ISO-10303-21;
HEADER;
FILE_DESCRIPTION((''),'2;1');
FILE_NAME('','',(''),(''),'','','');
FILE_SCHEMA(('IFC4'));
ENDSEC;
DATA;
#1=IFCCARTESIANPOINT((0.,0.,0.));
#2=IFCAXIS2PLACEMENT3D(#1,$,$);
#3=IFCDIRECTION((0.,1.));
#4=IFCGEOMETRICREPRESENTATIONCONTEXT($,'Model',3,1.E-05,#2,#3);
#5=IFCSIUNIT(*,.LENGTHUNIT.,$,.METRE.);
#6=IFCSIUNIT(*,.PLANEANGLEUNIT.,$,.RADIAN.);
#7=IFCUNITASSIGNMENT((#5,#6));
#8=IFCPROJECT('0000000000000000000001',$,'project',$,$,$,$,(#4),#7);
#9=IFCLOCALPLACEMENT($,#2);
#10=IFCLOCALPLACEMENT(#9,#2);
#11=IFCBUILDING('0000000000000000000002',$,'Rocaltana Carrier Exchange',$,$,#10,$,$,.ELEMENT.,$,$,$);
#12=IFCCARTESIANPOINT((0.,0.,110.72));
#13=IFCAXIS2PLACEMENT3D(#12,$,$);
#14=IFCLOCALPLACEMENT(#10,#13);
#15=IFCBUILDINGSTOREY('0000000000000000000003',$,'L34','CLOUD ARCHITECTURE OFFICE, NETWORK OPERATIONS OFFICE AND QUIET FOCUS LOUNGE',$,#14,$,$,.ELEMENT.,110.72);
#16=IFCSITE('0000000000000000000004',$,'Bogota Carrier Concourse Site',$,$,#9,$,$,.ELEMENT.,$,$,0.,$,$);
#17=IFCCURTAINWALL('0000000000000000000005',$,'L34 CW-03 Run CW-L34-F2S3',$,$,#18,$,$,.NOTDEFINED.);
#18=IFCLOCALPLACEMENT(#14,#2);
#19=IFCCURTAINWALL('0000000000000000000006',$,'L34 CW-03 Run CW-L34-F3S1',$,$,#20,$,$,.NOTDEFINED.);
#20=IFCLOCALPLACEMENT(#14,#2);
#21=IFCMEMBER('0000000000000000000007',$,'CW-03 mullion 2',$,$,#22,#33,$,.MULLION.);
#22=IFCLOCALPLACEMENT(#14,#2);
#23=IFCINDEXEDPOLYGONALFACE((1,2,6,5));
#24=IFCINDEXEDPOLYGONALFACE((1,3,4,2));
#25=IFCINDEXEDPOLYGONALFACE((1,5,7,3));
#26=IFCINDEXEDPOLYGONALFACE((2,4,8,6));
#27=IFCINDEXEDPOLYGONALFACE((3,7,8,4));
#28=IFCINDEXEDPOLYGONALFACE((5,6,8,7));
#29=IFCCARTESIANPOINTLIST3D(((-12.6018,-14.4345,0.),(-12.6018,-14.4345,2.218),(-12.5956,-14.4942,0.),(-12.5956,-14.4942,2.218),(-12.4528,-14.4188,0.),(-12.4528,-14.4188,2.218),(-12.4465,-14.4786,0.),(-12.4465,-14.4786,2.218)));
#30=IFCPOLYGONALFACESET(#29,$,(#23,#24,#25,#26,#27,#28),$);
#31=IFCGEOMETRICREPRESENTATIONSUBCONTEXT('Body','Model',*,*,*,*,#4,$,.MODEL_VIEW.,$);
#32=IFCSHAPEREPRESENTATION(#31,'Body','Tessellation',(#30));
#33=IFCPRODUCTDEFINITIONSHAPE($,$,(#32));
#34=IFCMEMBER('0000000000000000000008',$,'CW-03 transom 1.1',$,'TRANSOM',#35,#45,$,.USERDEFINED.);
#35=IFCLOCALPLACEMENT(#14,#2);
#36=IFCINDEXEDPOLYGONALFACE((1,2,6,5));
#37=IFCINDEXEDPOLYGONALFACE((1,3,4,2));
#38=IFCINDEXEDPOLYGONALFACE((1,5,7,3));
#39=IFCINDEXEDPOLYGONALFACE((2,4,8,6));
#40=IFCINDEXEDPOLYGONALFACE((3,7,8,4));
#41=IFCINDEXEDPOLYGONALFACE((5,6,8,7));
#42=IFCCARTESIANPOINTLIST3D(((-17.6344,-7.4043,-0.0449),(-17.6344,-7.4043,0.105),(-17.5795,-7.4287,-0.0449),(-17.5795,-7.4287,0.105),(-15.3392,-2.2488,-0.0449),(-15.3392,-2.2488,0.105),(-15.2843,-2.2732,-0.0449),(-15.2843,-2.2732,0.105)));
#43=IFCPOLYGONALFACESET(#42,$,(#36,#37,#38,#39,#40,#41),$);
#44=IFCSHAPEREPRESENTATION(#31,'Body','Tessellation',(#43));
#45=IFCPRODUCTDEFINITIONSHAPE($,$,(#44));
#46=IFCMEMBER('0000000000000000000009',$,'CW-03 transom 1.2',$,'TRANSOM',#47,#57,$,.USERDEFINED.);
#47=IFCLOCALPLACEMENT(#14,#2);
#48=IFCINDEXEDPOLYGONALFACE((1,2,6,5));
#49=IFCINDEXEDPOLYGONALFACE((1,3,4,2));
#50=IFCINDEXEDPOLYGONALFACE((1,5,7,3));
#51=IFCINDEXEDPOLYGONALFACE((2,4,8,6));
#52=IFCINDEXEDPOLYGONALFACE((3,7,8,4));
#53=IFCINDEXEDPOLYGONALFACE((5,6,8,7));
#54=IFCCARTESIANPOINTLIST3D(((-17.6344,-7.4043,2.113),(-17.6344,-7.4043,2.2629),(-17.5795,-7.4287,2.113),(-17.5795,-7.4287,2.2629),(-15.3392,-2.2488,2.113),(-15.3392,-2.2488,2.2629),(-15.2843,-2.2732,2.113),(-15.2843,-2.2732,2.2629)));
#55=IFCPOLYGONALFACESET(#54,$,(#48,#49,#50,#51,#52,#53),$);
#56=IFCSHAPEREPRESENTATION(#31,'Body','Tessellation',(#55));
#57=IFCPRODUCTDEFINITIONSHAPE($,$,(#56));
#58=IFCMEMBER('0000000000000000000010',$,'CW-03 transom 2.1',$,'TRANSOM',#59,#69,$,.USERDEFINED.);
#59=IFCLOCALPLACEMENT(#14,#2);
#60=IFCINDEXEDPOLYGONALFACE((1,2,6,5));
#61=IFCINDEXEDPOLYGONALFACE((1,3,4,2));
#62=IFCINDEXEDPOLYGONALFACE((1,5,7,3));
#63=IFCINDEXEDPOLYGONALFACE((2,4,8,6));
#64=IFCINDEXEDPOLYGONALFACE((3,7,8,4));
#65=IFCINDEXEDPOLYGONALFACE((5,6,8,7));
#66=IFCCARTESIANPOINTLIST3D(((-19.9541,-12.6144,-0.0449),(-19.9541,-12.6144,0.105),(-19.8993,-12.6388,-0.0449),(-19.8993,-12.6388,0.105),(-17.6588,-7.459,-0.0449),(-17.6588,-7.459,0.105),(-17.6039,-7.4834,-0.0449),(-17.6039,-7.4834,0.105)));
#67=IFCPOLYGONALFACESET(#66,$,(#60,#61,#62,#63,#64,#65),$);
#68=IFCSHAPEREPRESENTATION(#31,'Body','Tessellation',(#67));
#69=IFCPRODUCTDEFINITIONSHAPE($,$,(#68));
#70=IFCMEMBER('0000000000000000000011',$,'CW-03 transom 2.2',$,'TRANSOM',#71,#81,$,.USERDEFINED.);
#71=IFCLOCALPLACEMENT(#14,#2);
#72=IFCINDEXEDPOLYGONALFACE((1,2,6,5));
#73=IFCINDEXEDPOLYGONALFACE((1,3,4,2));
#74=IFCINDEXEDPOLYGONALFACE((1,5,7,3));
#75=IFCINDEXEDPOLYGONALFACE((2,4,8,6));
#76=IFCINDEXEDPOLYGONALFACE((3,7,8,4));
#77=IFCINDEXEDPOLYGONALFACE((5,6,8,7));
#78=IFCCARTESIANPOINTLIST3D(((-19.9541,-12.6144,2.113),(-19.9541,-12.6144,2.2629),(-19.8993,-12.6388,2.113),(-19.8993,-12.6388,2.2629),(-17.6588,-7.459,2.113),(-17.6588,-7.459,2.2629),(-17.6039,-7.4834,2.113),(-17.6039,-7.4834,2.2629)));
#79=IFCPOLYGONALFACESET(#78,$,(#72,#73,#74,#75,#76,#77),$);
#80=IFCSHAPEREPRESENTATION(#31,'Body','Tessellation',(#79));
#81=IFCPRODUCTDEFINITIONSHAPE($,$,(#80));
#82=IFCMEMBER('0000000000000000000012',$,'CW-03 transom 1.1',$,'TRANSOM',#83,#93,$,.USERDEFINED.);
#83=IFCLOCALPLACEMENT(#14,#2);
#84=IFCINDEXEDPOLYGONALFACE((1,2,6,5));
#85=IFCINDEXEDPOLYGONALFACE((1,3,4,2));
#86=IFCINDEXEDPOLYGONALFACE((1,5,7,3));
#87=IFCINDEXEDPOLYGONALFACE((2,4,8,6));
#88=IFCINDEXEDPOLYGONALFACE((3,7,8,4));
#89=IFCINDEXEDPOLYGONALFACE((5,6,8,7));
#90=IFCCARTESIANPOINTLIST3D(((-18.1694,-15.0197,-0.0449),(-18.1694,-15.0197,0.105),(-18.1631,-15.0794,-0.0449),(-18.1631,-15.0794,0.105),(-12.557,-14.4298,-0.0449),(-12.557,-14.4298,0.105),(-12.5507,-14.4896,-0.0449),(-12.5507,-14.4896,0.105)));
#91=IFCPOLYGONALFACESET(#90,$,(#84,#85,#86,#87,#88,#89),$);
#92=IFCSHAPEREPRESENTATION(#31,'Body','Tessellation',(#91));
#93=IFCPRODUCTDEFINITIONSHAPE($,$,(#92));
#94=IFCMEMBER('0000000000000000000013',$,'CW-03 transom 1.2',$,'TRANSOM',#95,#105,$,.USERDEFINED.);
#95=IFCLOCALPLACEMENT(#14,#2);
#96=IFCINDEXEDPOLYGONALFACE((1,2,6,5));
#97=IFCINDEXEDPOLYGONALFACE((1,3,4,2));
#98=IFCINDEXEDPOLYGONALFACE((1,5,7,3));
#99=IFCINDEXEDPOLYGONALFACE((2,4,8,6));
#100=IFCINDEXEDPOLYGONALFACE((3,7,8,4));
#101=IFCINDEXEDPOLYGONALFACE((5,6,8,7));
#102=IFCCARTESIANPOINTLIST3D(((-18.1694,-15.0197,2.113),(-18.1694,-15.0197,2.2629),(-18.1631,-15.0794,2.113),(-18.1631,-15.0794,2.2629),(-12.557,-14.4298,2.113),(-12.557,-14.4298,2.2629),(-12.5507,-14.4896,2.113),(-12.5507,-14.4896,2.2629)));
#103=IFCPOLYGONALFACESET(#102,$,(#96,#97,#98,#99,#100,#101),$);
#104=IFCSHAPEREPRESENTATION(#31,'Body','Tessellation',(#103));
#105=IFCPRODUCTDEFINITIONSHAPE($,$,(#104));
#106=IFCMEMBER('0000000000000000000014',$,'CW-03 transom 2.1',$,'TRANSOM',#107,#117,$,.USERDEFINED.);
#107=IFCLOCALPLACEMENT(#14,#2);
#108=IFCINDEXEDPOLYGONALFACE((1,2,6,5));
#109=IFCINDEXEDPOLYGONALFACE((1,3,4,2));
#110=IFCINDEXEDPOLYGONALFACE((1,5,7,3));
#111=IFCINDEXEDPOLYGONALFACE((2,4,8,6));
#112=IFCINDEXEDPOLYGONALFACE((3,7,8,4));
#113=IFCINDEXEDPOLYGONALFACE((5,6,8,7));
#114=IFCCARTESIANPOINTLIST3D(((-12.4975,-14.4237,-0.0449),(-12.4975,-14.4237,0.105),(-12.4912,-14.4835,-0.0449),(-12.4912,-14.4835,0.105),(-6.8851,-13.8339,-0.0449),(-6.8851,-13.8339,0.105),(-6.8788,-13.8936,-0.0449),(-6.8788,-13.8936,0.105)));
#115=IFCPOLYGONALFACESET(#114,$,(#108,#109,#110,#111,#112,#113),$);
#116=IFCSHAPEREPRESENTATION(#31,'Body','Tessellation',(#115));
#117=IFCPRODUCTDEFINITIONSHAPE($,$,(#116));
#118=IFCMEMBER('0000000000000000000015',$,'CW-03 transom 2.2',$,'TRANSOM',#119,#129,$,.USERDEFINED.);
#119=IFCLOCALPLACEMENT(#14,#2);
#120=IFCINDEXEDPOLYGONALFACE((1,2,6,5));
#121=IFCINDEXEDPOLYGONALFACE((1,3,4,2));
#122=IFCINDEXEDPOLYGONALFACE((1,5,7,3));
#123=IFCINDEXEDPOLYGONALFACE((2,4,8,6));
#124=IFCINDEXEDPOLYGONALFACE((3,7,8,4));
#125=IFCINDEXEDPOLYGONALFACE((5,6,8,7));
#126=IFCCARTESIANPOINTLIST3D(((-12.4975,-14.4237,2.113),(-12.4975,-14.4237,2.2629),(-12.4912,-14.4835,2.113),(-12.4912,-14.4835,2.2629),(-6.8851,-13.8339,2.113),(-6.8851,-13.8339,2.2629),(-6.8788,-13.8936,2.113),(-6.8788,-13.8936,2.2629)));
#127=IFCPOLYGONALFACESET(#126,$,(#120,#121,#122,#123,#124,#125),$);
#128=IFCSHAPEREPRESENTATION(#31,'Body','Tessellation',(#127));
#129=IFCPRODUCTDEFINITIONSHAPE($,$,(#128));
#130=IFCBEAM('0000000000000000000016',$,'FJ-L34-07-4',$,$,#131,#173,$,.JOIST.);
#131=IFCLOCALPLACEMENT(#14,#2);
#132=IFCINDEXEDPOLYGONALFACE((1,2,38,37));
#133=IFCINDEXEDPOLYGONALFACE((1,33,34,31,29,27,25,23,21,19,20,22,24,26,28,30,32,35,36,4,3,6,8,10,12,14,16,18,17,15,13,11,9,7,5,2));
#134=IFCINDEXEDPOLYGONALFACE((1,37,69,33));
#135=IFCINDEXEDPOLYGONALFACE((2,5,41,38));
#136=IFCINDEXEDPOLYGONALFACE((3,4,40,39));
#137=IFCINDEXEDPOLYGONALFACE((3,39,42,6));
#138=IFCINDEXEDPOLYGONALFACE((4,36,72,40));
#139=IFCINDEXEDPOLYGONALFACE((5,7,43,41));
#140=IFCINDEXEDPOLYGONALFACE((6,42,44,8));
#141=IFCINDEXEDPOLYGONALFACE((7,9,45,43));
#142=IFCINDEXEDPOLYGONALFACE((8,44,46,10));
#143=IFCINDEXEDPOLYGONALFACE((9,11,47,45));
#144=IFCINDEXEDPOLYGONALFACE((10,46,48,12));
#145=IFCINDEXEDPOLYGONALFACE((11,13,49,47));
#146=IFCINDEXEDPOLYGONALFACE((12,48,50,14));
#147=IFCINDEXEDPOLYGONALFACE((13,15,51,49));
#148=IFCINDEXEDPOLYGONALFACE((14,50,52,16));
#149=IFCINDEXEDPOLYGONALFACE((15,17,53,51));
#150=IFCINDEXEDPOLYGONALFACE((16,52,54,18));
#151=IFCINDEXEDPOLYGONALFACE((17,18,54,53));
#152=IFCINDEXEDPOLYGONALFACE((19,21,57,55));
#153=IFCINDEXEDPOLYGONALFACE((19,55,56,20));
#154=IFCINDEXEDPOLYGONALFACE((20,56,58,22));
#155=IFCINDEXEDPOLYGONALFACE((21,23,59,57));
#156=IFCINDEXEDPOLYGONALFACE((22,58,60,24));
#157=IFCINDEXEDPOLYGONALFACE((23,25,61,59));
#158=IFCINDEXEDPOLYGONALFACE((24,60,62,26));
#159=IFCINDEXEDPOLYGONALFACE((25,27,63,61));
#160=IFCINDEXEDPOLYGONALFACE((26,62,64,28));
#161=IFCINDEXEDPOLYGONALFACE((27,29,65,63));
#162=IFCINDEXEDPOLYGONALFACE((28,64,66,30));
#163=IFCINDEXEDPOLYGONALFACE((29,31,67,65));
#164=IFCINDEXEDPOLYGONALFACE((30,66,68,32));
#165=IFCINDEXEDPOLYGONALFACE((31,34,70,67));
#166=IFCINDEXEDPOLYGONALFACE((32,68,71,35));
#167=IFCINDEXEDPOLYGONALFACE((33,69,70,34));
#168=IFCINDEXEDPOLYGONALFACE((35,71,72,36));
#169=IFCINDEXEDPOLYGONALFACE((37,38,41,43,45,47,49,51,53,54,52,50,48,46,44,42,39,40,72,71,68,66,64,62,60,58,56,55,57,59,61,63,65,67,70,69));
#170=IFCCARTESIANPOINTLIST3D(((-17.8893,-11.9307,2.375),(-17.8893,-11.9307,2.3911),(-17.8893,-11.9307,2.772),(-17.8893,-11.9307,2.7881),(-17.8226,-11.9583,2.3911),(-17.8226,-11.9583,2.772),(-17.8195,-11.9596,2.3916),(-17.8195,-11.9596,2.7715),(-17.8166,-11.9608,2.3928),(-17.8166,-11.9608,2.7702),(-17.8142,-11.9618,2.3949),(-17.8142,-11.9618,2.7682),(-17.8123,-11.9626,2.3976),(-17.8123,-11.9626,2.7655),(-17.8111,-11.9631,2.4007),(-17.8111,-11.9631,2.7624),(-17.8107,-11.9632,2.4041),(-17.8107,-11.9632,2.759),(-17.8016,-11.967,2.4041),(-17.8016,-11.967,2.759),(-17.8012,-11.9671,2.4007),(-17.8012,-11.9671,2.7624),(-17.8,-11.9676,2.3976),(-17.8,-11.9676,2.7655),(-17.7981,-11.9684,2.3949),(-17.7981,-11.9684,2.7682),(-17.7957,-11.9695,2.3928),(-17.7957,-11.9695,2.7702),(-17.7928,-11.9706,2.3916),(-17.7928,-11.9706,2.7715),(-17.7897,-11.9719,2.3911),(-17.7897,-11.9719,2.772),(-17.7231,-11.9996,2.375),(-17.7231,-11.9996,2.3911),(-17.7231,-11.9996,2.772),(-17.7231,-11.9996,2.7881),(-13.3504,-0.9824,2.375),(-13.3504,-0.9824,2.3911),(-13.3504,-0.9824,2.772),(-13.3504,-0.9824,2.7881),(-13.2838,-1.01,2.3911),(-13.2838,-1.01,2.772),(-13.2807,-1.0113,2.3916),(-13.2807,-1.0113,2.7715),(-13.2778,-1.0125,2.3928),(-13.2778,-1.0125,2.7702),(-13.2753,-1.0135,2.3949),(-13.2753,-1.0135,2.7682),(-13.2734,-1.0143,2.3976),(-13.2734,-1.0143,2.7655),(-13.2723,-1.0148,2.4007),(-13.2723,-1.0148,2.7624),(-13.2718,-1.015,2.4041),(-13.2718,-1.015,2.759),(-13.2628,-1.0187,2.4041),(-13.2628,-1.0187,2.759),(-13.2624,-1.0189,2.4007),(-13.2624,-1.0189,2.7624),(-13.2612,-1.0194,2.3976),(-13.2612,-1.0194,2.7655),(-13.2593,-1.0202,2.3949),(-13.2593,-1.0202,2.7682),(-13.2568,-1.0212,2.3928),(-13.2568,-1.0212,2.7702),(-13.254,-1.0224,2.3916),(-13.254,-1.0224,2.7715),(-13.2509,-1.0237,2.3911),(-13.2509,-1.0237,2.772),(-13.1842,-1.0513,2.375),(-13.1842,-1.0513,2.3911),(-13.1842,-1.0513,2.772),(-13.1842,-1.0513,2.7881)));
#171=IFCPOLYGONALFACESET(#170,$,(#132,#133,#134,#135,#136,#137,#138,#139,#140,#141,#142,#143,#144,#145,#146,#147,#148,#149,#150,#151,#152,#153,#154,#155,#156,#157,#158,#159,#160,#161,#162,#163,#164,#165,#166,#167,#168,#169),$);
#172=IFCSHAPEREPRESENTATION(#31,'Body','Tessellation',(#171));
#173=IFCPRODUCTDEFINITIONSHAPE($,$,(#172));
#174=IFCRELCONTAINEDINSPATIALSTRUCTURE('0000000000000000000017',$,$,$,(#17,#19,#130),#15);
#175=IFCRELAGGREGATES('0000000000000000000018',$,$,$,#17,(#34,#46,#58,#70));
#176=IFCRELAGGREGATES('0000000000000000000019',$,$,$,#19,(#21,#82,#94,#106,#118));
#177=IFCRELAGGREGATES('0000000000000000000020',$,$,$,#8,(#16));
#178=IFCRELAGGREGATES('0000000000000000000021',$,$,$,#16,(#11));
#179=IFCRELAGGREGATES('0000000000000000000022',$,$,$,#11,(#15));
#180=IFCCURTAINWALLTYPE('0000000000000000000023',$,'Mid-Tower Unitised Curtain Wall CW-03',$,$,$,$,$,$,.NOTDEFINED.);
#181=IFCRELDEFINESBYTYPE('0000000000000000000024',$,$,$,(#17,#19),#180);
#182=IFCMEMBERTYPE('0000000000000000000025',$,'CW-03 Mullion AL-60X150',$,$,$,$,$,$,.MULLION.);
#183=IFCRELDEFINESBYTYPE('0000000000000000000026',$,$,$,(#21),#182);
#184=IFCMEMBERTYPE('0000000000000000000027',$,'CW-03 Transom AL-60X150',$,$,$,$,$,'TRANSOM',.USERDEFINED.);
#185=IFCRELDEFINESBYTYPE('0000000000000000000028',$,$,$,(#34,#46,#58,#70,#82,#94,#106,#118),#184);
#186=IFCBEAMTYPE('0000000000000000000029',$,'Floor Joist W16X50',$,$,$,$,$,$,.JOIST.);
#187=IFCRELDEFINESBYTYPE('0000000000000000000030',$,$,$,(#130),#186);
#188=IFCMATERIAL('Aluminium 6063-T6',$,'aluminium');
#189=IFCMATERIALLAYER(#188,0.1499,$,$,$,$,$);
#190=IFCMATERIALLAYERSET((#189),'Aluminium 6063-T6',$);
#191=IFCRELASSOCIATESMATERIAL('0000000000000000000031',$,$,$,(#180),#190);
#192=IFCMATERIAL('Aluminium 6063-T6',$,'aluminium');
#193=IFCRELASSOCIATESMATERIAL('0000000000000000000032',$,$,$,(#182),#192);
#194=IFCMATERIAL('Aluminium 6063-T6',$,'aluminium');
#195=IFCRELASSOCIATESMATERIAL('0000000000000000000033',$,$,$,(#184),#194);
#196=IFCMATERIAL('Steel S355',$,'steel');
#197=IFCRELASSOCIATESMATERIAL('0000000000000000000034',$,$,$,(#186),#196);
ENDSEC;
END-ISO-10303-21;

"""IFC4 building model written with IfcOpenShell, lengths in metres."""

from ifc_helpers import new_model, si_unit, direction, frame, origin, origin_2d, place, context, subcontext, project, spatial, rectangle, i_section, extrude, material, layer, layer_set, material_profile, profile_set, type_object, element, aggregate, save


model = new_model("IFC4")

# Units and contexts
model_context = context("Model", 3, precision=1e-05, world=origin(), true_north=direction((0.0, 1.0)))
body_context = subcontext(model_context, "Body", "Model", "MODEL_VIEW")
ifc_project = project(units=[si_unit("LENGTHUNIT", "METRE"), si_unit("PLANEANGLEUNIT", "RADIAN")], contexts=[model_context])

# Site, building, storey
site_placement = place(None, origin())
site = spatial("IfcSite", under=ifc_project, at=site_placement, Name="Bogota Carrier Concourse Site", CompositionType="ELEMENT", RefElevation=0.0)
building_placement = place(site_placement, origin())
building = spatial("IfcBuilding", under=site, at=building_placement, Name="Rocaltana Carrier Exchange", CompositionType="ELEMENT")
storey_placement = place(building_placement, frame((0.0, 0.0, 110.72)))
storey = spatial("IfcBuildingStorey", under=building, at=storey_placement, Name="L34", Description="CLOUD ARCHITECTURE OFFICE, NETWORK OPERATIONS OFFICE AND QUIET FOCUS LOUNGE", CompositionType="ELEMENT", Elevation=110.72)

# Curtain walls, member
ifc_material_1 = material(Name="Aluminium 6063-T6", Category="aluminium")
ifc_layer_1 = layer(ifc_material_1, 0.1499)
ifc_layer_set_1 = layer_set([ifc_layer_1], Name="Aluminium 6063-T6")
curtain_wall_type = type_object("IfcCurtainWallType", Name="Mid-Tower Unitised Curtain Wall CW-03", PredefinedType="NOTDEFINED", material=ifc_layer_set_1)
curtain_wall_1_placement = place(storey_placement, origin())
curtain_wall_1 = element("IfcCurtainWall", 1, at=curtain_wall_1_placement, inside=storey, type_object=curtain_wall_type, Name="L34 CW-03 Run CW-L34-F2S3", PredefinedType="NOTDEFINED")
ifc_material_2 = material(Name="Aluminium 6063-T6", Category="aluminium")
ifc_material_profile_1 = material_profile(ifc_material_2, rectangle(XDim=0.0601, YDim=0.1499, at=origin_2d()), Name="AL-60X150")
ifc_profile_set_1 = profile_set([ifc_material_profile_1], Name="Aluminium 6063-T6")
member_type_1 = type_object("IfcMemberType", Name="CW-03 Mullion AL-60X150", PredefinedType="MULLION", material=ifc_profile_set_1)
curtain_wall_2_placement = place(storey_placement, origin())
curtain_wall_2 = element("IfcCurtainWall", 2, at=curtain_wall_2_placement, inside=storey, type_object=curtain_wall_type, Name="L34 CW-03 Run CW-L34-F3S1", PredefinedType="NOTDEFINED")
member_1_placement = place(storey_placement, frame((-12.5242, -14.4565, 0.0), z_axis=(0.0, 0.0, 1.0), x_axis=(-0.104522, 0.994523, 0.0)))
member_1 = element("IfcMember", 3, at=member_1_placement, type_object=member_type_1, Name="CW-03 mullion 2", PredefinedType="MULLION", context=body_context, shape_type="SweptSolid", body=[
    extrude(rectangle(XDim=0.0601, YDim=0.1499, at=origin_2d()), origin(), (0.0, 0.0, 1.0), 2.218),
])

# Members
ifc_material_3 = material(Name="Aluminium 6063-T6", Category="aluminium")
ifc_material_profile_2 = material_profile(ifc_material_3, rectangle(XDim=0.0601, YDim=0.1499, at=origin_2d()), Name="AL-60X150")
ifc_profile_set_2 = profile_set([ifc_material_profile_2], Name="Aluminium 6063-T6")
member_type_2 = type_object("IfcMemberType", Name="CW-03 Transom AL-60X150", ElementType="TRANSOM", PredefinedType="USERDEFINED", material=ifc_profile_set_2)
member_2_placement = place(storey_placement, frame((-15.3118, -2.261, 0.03), z_axis=(-0.406704, -0.91356, 0.0), x_axis=(0.91356, -0.406704, 0.0)))
member_2 = element("IfcMember", 4, at=member_2_placement, type_object=member_type_2, Name="CW-03 transom 1.1", ObjectType="TRANSOM", PredefinedType="USERDEFINED", context=body_context, shape_type="SweptSolid", body=[
    extrude(rectangle(XDim=0.0601, YDim=0.1499, at=origin_2d()), origin(), (0.0, 0.0, 1.0), 5.6433),
])
member_3_placement = place(storey_placement, frame((-15.3118, -2.261, 2.188), z_axis=(-0.406704, -0.91356, 0.0), x_axis=(0.91356, -0.406704, 0.0)))
member_3 = element("IfcMember", 5, at=member_3_placement, type_object=member_type_2, Name="CW-03 transom 1.2", ObjectType="TRANSOM", PredefinedType="USERDEFINED", context=body_context, shape_type="SweptSolid", body=[
    extrude(rectangle(XDim=0.0601, YDim=0.1499, at=origin_2d()), origin(), (0.0, 0.0, 1.0), 5.6433),
])
member_4_placement = place(storey_placement, frame((-17.6313, -7.4712, 0.03), z_axis=(-0.40674, -0.913544, 0.0), x_axis=(0.913544, -0.40674, 0.0)))
member_4 = element("IfcMember", 6, at=member_4_placement, type_object=member_type_2, Name="CW-03 transom 2.1", ObjectType="TRANSOM", PredefinedType="USERDEFINED", context=body_context, shape_type="SweptSolid", body=[
    extrude(rectangle(XDim=0.0601, YDim=0.1499, at=origin_2d()), origin(), (0.0, 0.0, 1.0), 5.6433),
])
member_5_placement = place(storey_placement, frame((-17.6313, -7.4712, 2.188), z_axis=(-0.40674, -0.913544, 0.0), x_axis=(0.913544, -0.40674, 0.0)))
member_5 = element("IfcMember", 7, at=member_5_placement, type_object=member_type_2, Name="CW-03 transom 2.2", ObjectType="TRANSOM", PredefinedType="USERDEFINED", context=body_context, shape_type="SweptSolid", body=[
    extrude(rectangle(XDim=0.0601, YDim=0.1499, at=origin_2d()), origin(), (0.0, 0.0, 1.0), 5.6433),
])
member_6_placement = place(storey_placement, frame((-18.1663, -15.0496, 0.03), z_axis=(0.994523, 0.104523, 0.0), x_axis=(-0.104523, 0.994523, 0.0)))
member_6 = element("IfcMember", 8, at=member_6_placement, type_object=member_type_2, Name="CW-03 transom 1.1", ObjectType="TRANSOM", PredefinedType="USERDEFINED", context=body_context, shape_type="SweptSolid", body=[
    extrude(rectangle(XDim=0.0601, YDim=0.1499, at=origin_2d()), origin(), (0.0, 0.0, 1.0), 5.6433),
])
member_7_placement = place(storey_placement, frame((-18.1663, -15.0496, 2.188), z_axis=(0.994523, 0.104523, 0.0), x_axis=(-0.104523, 0.994523, 0.0)))
member_7 = element("IfcMember", 9, at=member_7_placement, type_object=member_type_2, Name="CW-03 transom 1.2", ObjectType="TRANSOM", PredefinedType="USERDEFINED", context=body_context, shape_type="SweptSolid", body=[
    extrude(rectangle(XDim=0.0601, YDim=0.1499, at=origin_2d()), origin(), (0.0, 0.0, 1.0), 5.6433),
])
member_8_placement = place(storey_placement, frame((-12.4944, -14.4536, 0.03), z_axis=(0.994523, 0.104523, 0.0), x_axis=(-0.104523, 0.994523, 0.0)))
member_8 = element("IfcMember", 10, at=member_8_placement, type_object=member_type_2, Name="CW-03 transom 2.1", ObjectType="TRANSOM", PredefinedType="USERDEFINED", context=body_context, shape_type="SweptSolid", body=[
    extrude(rectangle(XDim=0.0601, YDim=0.1499, at=origin_2d()), origin(), (0.0, 0.0, 1.0), 5.6433),
])
member_9_placement = place(storey_placement, frame((-12.4944, -14.4536, 2.188), z_axis=(0.994523, 0.104523, 0.0), x_axis=(-0.104523, 0.994523, 0.0)))
member_9 = element("IfcMember", 11, at=member_9_placement, type_object=member_type_2, Name="CW-03 transom 2.2", ObjectType="TRANSOM", PredefinedType="USERDEFINED", context=body_context, shape_type="SweptSolid", body=[
    extrude(rectangle(XDim=0.0601, YDim=0.1499, at=origin_2d()), origin(), (0.0, 0.0, 1.0), 5.6433),
])

# Beam
ifc_material_4 = material(Name="Steel S355", Category="steel")
ifc_material_profile_3 = material_profile(ifc_material_4, i_section(OverallWidth=0.1799, OverallDepth=0.4131, WebThickness=0.0098, FlangeThickness=0.0161, FilletRadius=0.0129, at=origin_2d()), Name="W16X50")
ifc_profile_set_3 = profile_set([ifc_material_profile_3], Name="Steel S355")
beam_type_1 = type_object("IfcBeamType", Name="Floor Joist W16X50", PredefinedType="JOIST", material=ifc_profile_set_3)
beam_1_placement = place(storey_placement, frame((-13.2673, -1.0168, 2.5815), z_axis=(-0.382965, -0.923763, 0.0), x_axis=(0.923763, -0.382965, 0.0)))
element("IfcBeam", 12, at=beam_1_placement, inside=storey, type_object=beam_type_1, Name="FJ-L34-07-4", PredefinedType="JOIST", context=body_context, shape_type="SweptSolid", body=[
    extrude(i_section(OverallWidth=0.1799, OverallDepth=0.4131, WebThickness=0.0098, FlangeThickness=0.0161, FilletRadius=0.0129, at=origin_2d()), origin(), (0.0, 0.0, 1.0), 11.8518),
])

aggregate(curtain_wall_1, [member_2, member_3, member_4, member_5])
aggregate(curtain_wall_2, [member_1, member_6, member_7, member_8, member_9])

save(model, "model.ifc")
